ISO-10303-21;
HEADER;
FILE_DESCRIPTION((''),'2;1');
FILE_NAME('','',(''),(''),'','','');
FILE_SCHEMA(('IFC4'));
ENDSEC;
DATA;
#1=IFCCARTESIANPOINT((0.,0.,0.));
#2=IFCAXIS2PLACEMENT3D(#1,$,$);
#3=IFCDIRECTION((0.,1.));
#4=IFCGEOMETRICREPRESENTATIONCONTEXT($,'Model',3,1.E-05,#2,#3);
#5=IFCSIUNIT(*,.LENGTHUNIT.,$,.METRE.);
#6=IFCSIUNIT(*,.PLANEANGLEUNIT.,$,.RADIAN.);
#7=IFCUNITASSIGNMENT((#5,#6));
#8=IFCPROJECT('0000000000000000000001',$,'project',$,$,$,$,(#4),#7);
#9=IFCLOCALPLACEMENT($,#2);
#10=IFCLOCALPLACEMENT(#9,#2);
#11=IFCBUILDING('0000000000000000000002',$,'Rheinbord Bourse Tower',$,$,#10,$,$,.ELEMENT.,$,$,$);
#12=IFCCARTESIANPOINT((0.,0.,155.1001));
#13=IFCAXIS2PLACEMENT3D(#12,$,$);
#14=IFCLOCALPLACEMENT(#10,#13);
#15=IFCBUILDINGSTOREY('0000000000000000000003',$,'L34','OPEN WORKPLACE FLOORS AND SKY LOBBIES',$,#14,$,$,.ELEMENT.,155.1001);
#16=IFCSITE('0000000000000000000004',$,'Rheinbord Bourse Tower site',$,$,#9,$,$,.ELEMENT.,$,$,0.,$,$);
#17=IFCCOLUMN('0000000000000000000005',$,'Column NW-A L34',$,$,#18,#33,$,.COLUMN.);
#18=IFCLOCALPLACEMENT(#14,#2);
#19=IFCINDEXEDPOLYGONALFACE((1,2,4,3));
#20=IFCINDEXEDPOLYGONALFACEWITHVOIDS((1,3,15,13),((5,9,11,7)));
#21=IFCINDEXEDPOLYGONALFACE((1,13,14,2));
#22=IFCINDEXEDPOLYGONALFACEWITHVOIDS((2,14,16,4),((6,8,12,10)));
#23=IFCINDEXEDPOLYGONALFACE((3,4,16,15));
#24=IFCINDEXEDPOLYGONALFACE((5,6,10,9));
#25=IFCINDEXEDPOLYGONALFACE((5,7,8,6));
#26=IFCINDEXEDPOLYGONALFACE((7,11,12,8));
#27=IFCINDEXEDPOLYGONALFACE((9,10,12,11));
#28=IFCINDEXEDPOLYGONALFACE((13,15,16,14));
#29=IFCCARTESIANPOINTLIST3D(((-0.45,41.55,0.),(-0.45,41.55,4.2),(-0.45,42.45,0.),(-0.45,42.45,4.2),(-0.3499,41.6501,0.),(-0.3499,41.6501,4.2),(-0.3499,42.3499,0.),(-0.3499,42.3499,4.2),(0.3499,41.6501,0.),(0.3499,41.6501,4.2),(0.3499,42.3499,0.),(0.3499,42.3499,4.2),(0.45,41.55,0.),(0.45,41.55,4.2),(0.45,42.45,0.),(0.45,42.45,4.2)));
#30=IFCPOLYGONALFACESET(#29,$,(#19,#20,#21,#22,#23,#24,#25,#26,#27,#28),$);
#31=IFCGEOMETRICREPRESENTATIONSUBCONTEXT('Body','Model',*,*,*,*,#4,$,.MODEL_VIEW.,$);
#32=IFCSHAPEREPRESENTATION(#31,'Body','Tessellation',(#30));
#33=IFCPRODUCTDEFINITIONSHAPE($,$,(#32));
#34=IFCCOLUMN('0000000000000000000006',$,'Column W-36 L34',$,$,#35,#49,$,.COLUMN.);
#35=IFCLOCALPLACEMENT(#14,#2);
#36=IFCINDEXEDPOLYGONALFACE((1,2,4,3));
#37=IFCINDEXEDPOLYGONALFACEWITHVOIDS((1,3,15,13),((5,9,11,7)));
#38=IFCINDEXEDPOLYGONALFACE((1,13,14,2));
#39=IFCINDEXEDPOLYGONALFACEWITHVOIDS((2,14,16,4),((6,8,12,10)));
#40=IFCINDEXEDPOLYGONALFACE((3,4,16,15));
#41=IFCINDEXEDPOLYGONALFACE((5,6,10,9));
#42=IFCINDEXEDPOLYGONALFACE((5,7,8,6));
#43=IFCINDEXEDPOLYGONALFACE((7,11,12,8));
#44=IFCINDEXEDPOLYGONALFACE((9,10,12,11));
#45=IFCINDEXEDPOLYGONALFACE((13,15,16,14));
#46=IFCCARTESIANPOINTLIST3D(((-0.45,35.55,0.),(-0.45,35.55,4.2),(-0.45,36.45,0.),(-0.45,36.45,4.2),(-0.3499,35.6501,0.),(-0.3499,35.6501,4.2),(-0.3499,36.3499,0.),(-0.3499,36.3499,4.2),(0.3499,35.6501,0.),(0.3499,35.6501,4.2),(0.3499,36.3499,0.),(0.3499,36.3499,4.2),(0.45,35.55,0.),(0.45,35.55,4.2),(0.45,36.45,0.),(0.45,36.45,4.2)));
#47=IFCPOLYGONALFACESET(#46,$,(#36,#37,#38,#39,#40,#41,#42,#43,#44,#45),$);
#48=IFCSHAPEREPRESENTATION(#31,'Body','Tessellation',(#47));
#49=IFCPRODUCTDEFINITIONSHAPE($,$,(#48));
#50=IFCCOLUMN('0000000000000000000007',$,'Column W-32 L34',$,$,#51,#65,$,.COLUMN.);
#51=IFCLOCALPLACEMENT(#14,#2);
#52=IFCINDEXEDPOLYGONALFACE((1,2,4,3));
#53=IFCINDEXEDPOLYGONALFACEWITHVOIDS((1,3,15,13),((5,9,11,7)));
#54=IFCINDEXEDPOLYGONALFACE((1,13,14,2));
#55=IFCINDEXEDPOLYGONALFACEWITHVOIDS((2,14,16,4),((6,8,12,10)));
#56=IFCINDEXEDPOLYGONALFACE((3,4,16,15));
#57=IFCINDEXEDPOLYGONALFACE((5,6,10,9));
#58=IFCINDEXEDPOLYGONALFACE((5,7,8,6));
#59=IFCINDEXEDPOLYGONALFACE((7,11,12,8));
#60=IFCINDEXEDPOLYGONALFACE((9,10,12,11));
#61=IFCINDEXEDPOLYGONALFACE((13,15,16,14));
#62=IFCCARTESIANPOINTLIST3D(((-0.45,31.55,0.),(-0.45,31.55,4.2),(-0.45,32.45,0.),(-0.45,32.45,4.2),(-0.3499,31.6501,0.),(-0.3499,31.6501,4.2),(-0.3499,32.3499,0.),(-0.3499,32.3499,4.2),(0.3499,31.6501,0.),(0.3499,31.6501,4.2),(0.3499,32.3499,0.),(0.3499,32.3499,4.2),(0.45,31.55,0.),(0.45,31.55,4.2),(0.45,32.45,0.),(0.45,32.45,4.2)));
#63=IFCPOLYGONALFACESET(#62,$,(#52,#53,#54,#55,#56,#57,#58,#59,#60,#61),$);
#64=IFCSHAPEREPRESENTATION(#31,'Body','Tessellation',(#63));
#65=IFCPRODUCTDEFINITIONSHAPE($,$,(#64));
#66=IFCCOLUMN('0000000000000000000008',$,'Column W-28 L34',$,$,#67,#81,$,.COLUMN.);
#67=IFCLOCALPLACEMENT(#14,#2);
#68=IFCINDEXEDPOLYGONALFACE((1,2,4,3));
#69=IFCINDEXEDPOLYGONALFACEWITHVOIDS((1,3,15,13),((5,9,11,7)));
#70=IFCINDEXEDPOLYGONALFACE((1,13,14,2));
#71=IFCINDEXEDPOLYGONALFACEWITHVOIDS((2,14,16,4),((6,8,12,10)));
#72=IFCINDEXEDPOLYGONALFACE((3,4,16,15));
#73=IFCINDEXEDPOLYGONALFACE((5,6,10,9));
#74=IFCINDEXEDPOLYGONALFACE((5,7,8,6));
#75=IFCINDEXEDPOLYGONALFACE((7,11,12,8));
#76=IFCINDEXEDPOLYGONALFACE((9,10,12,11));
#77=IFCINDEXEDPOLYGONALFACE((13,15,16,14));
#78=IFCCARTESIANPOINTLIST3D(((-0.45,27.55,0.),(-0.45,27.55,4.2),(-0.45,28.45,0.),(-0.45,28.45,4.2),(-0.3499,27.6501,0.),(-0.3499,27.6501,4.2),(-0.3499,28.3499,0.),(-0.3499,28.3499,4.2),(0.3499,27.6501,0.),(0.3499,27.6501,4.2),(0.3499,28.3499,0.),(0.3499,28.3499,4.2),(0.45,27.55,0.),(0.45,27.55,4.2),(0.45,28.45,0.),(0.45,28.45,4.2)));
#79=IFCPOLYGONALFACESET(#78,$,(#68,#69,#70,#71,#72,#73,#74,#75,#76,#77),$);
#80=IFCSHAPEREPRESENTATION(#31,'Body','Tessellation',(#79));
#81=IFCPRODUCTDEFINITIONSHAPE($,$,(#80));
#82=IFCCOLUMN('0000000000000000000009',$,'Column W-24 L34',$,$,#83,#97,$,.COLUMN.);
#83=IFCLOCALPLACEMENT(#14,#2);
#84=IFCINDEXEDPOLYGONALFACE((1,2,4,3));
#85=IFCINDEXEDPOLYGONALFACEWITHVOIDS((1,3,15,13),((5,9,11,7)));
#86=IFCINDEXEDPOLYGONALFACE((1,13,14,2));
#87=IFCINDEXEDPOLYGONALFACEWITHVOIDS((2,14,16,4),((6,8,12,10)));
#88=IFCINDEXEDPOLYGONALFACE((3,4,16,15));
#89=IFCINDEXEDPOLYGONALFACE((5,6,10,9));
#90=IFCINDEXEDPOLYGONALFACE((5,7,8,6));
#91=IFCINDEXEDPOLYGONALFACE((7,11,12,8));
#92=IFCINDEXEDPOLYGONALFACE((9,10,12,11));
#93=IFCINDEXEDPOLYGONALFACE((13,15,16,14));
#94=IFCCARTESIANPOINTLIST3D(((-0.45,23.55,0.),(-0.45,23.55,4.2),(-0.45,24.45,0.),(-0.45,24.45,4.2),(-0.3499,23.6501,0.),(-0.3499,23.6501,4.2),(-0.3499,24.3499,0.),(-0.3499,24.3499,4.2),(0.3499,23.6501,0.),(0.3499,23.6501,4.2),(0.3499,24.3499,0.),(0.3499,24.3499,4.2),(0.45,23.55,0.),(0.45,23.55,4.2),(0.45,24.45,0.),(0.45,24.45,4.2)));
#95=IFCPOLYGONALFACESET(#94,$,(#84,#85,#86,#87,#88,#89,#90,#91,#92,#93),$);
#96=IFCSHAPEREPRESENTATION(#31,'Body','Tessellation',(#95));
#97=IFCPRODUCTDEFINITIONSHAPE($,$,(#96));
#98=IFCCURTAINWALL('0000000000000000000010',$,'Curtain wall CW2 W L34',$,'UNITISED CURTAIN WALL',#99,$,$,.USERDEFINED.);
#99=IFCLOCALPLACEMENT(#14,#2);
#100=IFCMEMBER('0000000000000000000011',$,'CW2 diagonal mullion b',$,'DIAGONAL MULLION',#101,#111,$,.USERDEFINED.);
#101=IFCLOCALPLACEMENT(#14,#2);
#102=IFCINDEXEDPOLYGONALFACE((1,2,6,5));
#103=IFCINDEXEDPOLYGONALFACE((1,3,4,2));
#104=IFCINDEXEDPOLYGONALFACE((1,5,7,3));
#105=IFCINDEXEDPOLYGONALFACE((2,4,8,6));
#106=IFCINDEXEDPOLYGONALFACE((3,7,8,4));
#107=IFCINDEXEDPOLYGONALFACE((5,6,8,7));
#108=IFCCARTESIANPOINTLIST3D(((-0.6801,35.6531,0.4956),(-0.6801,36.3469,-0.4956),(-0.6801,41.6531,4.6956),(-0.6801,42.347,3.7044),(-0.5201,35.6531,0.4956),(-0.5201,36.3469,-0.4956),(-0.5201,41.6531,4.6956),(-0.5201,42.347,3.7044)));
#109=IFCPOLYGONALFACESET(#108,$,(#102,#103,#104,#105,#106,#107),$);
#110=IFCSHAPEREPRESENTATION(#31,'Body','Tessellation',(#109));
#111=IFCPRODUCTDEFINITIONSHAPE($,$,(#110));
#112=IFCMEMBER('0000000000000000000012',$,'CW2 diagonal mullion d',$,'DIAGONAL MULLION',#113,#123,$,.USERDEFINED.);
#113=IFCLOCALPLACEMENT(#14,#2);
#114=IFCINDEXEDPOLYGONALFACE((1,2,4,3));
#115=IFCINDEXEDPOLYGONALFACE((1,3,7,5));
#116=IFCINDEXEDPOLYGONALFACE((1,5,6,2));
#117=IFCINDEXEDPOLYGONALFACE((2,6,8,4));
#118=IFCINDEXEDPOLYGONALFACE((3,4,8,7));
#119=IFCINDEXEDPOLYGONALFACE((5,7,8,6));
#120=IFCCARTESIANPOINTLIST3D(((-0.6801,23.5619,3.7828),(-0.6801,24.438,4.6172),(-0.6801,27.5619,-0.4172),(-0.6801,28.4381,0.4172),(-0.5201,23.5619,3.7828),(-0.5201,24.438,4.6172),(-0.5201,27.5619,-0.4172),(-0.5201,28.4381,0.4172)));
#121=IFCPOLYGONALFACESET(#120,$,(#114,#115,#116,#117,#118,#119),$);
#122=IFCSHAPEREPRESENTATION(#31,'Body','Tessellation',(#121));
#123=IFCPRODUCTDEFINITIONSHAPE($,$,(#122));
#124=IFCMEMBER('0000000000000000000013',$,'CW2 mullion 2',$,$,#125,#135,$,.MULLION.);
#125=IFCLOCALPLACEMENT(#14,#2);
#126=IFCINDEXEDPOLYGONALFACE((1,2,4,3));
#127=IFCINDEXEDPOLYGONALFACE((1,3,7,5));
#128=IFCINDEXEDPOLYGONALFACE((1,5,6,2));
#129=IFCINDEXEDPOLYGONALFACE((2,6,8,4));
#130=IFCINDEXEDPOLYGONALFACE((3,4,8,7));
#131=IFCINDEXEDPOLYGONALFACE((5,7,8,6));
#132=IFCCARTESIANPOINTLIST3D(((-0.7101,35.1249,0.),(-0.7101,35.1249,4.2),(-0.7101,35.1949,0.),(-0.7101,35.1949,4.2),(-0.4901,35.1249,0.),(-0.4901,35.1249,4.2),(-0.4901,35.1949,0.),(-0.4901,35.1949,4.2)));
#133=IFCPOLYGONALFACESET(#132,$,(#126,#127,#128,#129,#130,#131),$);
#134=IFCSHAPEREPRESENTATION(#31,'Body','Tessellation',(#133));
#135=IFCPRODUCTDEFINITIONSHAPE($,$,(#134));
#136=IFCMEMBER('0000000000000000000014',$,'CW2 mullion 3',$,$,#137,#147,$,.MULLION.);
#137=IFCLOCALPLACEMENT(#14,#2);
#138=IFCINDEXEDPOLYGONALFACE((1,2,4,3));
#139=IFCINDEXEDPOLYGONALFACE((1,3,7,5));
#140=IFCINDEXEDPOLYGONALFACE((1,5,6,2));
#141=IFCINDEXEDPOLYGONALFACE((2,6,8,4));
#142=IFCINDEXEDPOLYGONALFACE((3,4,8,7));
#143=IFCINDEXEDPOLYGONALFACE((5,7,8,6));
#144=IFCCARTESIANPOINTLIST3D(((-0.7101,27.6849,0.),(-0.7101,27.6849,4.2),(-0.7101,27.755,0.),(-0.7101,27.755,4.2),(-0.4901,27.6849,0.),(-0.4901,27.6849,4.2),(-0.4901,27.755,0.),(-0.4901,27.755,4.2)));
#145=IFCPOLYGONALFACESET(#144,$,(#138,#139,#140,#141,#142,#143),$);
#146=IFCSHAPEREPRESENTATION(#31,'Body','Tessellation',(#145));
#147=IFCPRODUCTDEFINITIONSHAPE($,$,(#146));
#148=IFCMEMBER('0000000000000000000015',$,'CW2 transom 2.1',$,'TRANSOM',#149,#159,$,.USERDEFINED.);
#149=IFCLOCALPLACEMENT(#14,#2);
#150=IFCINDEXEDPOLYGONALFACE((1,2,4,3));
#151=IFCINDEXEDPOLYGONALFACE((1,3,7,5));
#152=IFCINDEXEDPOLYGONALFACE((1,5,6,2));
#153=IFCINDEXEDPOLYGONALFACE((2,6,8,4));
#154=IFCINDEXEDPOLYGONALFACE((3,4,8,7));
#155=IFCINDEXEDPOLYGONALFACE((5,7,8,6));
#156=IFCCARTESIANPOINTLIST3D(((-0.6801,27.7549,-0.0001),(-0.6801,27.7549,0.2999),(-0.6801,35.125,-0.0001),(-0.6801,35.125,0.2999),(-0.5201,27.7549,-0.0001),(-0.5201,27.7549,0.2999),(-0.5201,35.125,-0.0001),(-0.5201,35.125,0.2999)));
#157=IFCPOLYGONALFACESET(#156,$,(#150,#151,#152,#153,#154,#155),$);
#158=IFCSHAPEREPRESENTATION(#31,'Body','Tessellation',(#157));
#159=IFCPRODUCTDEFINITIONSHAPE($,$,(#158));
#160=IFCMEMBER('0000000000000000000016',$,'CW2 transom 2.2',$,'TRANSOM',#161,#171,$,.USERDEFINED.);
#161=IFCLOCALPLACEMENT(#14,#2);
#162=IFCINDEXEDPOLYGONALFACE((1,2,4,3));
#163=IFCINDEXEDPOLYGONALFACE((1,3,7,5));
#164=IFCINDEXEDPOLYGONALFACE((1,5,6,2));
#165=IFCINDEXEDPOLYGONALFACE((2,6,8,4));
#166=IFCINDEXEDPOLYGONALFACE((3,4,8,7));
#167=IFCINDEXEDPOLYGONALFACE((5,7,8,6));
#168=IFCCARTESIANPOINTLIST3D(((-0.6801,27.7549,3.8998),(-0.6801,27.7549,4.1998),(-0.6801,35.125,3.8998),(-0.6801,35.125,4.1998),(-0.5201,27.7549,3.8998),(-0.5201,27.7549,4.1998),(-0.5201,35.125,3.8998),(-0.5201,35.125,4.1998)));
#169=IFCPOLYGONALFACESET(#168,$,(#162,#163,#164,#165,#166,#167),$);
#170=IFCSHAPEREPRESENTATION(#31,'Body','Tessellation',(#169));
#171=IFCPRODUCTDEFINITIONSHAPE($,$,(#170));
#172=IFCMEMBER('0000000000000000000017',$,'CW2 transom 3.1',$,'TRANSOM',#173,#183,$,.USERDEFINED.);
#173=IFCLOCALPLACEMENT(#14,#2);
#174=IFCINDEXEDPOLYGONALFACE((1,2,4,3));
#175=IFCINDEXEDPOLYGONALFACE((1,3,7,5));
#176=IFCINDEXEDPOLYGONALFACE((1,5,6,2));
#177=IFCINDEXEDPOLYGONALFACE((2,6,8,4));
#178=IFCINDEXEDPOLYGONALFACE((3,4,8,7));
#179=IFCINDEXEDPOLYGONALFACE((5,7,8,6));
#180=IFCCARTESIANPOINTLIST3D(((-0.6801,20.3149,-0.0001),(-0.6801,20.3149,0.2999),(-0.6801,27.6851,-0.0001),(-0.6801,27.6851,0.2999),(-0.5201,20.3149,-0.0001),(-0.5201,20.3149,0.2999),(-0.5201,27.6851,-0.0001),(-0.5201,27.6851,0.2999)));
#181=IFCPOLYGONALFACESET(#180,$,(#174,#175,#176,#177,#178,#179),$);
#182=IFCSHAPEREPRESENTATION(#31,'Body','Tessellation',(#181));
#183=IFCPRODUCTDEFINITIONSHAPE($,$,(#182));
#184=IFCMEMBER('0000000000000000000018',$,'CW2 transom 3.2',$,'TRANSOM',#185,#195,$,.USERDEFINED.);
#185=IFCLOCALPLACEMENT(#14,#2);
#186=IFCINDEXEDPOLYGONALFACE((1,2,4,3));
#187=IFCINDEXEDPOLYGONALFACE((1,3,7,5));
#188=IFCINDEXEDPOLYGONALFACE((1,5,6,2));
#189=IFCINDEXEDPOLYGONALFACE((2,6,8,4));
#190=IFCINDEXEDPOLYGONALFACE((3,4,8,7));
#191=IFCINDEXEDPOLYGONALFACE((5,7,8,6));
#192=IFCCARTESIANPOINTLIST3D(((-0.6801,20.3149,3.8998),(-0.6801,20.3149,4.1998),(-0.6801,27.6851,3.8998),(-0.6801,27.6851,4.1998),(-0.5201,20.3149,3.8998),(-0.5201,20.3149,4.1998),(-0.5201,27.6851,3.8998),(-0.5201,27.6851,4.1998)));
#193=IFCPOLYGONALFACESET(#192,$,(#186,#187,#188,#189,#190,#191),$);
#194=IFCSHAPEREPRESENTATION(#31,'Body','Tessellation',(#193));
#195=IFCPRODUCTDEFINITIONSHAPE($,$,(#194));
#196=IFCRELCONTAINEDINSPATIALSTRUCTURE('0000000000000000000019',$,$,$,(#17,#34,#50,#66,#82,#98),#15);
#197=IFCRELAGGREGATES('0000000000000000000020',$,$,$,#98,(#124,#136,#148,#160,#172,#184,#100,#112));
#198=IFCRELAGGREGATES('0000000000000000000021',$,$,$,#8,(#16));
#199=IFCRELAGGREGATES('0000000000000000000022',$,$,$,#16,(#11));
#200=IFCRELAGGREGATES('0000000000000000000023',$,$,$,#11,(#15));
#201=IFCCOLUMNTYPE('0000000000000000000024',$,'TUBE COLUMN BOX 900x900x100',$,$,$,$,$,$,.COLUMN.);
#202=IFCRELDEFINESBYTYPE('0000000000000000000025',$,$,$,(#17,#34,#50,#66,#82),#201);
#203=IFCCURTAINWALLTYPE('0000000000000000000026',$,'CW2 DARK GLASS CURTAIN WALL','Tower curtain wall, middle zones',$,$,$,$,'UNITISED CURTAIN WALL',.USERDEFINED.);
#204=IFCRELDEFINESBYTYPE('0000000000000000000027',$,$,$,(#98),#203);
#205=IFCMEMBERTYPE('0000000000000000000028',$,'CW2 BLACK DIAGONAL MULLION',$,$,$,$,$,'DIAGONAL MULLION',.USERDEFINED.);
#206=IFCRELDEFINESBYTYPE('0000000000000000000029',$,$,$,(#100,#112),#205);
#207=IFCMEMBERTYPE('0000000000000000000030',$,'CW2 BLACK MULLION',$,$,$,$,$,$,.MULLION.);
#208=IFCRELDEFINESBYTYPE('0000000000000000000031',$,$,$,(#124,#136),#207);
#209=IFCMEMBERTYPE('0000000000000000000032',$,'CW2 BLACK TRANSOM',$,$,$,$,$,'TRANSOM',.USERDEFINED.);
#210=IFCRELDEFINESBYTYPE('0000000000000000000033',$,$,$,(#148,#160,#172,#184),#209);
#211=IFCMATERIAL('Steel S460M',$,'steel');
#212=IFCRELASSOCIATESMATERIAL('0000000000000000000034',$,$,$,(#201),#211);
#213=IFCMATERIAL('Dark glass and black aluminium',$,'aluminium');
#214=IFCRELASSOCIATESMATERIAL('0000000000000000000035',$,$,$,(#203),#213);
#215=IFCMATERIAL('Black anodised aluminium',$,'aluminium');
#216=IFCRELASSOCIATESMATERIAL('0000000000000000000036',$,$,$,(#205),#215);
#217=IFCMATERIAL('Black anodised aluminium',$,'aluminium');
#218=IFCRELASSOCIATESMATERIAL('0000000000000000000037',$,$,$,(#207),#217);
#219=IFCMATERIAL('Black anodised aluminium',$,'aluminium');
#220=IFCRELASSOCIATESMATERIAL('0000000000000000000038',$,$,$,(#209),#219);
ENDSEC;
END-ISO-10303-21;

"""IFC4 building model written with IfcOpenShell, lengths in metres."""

from ifc_helpers import new_model, si_unit, direction, frame, origin, origin_2d, place, context, subcontext, project, spatial, rectangle, hollow_rectangle, extrude, material, material_profile, profile_set, type_object, element, aggregate, save


model = new_model("IFC4")

# Units and contexts
model_context = context("Model", 3, precision=1e-05, world=origin(), true_north=direction((0.0, 1.0)))
body_context = subcontext(model_context, "Body", "Model", "MODEL_VIEW")
ifc_project = project(units=[si_unit("LENGTHUNIT", "METRE"), si_unit("PLANEANGLEUNIT", "RADIAN")], contexts=[model_context])

# Site, building, storey
site_placement = place(None, origin())
site = spatial("IfcSite", under=ifc_project, at=site_placement, Name="Rheinbord Bourse Tower site", CompositionType="ELEMENT", RefElevation=0.0)
building_placement = place(site_placement, origin())
building = spatial("IfcBuilding", under=site, at=building_placement, Name="Rheinbord Bourse Tower", CompositionType="ELEMENT")
storey_placement = place(building_placement, frame((0.0, 0.0, 155.1001)))
storey = spatial("IfcBuildingStorey", under=building, at=storey_placement, Name="L34", Description="OPEN WORKPLACE FLOORS AND SKY LOBBIES", CompositionType="ELEMENT", Elevation=155.1001)

# Columns
ifc_material_1 = material(Name="Steel S460M", Category="steel")
ifc_material_profile_1 = material_profile(ifc_material_1, hollow_rectangle(XDim=0.8999, YDim=0.8999, WallThickness=0.1001, at=origin_2d()), Name="BOX 900x900x100")
ifc_profile_set_1 = profile_set([ifc_material_profile_1], Name="Steel S460M")
column_type = type_object("IfcColumnType", Name="TUBE COLUMN BOX 900x900x100", PredefinedType="COLUMN", material=ifc_profile_set_1)
for number, where, z_axis, x_axis, name in (
    (1, (0.0, 42.0, 0.0), (0.0, 0.0, 1.0), (1.0, 0.0, 0.0), "Column NW-A L34"),
    (2, (0.0, 36.0, 0.0), (0.0, 0.0, 1.0), (1.0, 0.0, 0.0), "Column W-36 L34"),
    (3, (0.0, 32.0, 0.0), (0.0, 0.0, 1.0), (1.0, 0.0, 0.0), "Column W-32 L34"),
    (4, (0.0, 28.0, 0.0), (0.0, 0.0, 1.0), (1.0, 0.0, 0.0), "Column W-28 L34"),
    (5, (0.0, 24.0, 0.0), (0.0, 0.0, 1.0), (1.0, 0.0, 0.0), "Column W-24 L34"),
):
    element("IfcColumn", number, at=place(storey_placement, frame(where, z_axis=z_axis, x_axis=x_axis)), inside=storey, type_object=column_type, Name=name, PredefinedType="COLUMN", context=body_context, shape_type="SweptSolid", body=[
        extrude(hollow_rectangle(XDim=0.8999, YDim=0.8999, WallThickness=0.1001, at=origin_2d()), origin(), (0.0, 0.0, 1.0), 4.2),
    ])

# Curtain wall, members
ifc_material_2 = material(Name="Dark glass and black aluminium", Category="aluminium")
curtain_wall_type = type_object("IfcCurtainWallType", Name="CW2 DARK GLASS CURTAIN WALL", Description="Tower curtain wall, middle zones", ElementType="UNITISED CURTAIN WALL", PredefinedType="USERDEFINED", material=ifc_material_2)
curtain_wall_placement = place(storey_placement, origin())
curtain_wall = element("IfcCurtainWall", 6, at=curtain_wall_placement, inside=storey, type_object=curtain_wall_type, Name="Curtain wall CW2 W L34", ObjectType="UNITISED CURTAIN WALL", PredefinedType="USERDEFINED")
ifc_material_3 = material(Name="Black anodised aluminium", Category="aluminium")
ifc_material_profile_2 = material_profile(ifc_material_3, rectangle(XDim=0.1599, YDim=1.21, at=origin_2d()), Name="CW2 DIAGONAL MULLION 1210x160")
ifc_profile_set_2 = profile_set([ifc_material_profile_2], Name="Black anodised aluminium")
member_type_1 = type_object("IfcMemberType", Name="CW2 BLACK DIAGONAL MULLION", ElementType="DIAGONAL MULLION", PredefinedType="USERDEFINED", material=ifc_profile_set_2)
member_1_placement = place(storey_placement, frame((-0.6001, 36.0, 0.0), z_axis=(0.0, 0.819235, 0.573458), x_axis=(-1.0, 0.0, 0.0)))
member_1 = element("IfcMember", 7, at=member_1_placement, type_object=member_type_1, Name="CW2 diagonal mullion b", ObjectType="DIAGONAL MULLION", PredefinedType="USERDEFINED", context=body_context, shape_type="SweptSolid", body=[
    extrude(rectangle(XDim=0.1599, YDim=1.21, at=origin_2d()), origin(), (0.0, 0.0, 1.0), 7.324),
])
member_2_placement = place(storey_placement, frame((-0.6001, 28.0, 0.0), z_axis=(0.0, -0.689659, 0.724134), x_axis=(1.0, 0.0, 0.0)))
member_2 = element("IfcMember", 8, at=member_2_placement, type_object=member_type_1, Name="CW2 diagonal mullion d", ObjectType="DIAGONAL MULLION", PredefinedType="USERDEFINED", context=body_context, shape_type="SweptSolid", body=[
    extrude(rectangle(XDim=0.1599, YDim=1.21, at=origin_2d()), origin(), (0.0, 0.0, 1.0), 5.8),
])
ifc_material_4 = material(Name="Black anodised aluminium", Category="aluminium")
ifc_material_profile_3 = material_profile(ifc_material_4, rectangle(XDim=0.22, YDim=0.0701, at=origin_2d()), Name="CW2 MULLION 70x220")
ifc_profile_set_3 = profile_set([ifc_material_profile_3], Name="Black anodised aluminium")
member_type_2 = type_object("IfcMemberType", Name="CW2 BLACK MULLION", PredefinedType="MULLION", material=ifc_profile_set_3)
member_3_placement = place(storey_placement, frame((-0.6001, 35.1599, 0.0), z_axis=(0.0, 0.0, 1.0), x_axis=(1.0, 0.0, 0.0)))
member_3 = element("IfcMember", 9, at=member_3_placement, type_object=member_type_2, Name="CW2 mullion 2", PredefinedType="MULLION", context=body_context, shape_type="SweptSolid", body=[
    extrude(rectangle(XDim=0.22, YDim=0.0701, at=origin_2d()), origin(), (0.0, 0.0, 1.0), 4.2),
])
member_4_placement = place(storey_placement, frame((-0.6001, 27.72, 0.0), z_axis=(0.0, 0.0, 1.0), x_axis=(1.0, 0.0, 0.0)))
member_4 = element("IfcMember", 10, at=member_4_placement, type_object=member_type_2, Name="CW2 mullion 3", PredefinedType="MULLION", context=body_context, shape_type="SweptSolid", body=[
    extrude(rectangle(XDim=0.22, YDim=0.0701, at=origin_2d()), origin(), (0.0, 0.0, 1.0), 4.2),
])
ifc_material_5 = material(Name="Black anodised aluminium", Category="aluminium")
ifc_material_profile_4 = material_profile(ifc_material_5, rectangle(XDim=0.1599, YDim=0.3, at=origin_2d()), Name="CW2 TRANSOM 300x160")
ifc_profile_set_4 = profile_set([ifc_material_profile_4], Name="Black anodised aluminium")
member_type_3 = type_object("IfcMemberType", Name="CW2 BLACK TRANSOM", ElementType="TRANSOM", PredefinedType="USERDEFINED", material=ifc_profile_set_4)
member_5_placement = place(storey_placement, frame((-0.6001, 35.125, 0.1499), z_axis=(0.0, -1.0, 0.0), x_axis=(1.0, 0.0, 0.0)))
member_5 = element("IfcMember", 11, at=member_5_placement, type_object=member_type_3, Name="CW2 transom 2.1", ObjectType="TRANSOM", PredefinedType="USERDEFINED", context=body_context, shape_type="SweptSolid", body=[
    extrude(rectangle(XDim=0.1599, YDim=0.3, at=origin_2d()), origin(), (0.0, 0.0, 1.0), 7.3701),
])
member_6_placement = place(storey_placement, frame((-0.6001, 35.125, 4.0498), z_axis=(0.0, -1.0, 0.0), x_axis=(1.0, 0.0, 0.0)))
member_6 = element("IfcMember", 12, at=member_6_placement, type_object=member_type_3, Name="CW2 transom 2.2", ObjectType="TRANSOM", PredefinedType="USERDEFINED", context=body_context, shape_type="SweptSolid", body=[
    extrude(rectangle(XDim=0.1599, YDim=0.3, at=origin_2d()), origin(), (0.0, 0.0, 1.0), 7.3701),
])
member_7_placement = place(storey_placement, frame((-0.6001, 27.6851, 0.1499), z_axis=(0.0, -1.0, 0.0), x_axis=(1.0, 0.0, 0.0)))
member_7 = element("IfcMember", 13, at=member_7_placement, type_object=member_type_3, Name="CW2 transom 3.1", ObjectType="TRANSOM", PredefinedType="USERDEFINED", context=body_context, shape_type="SweptSolid", body=[
    extrude(rectangle(XDim=0.1599, YDim=0.3, at=origin_2d()), origin(), (0.0, 0.0, 1.0), 7.3701),
])
member_8_placement = place(storey_placement, frame((-0.6001, 27.6851, 4.0498), z_axis=(0.0, -1.0, 0.0), x_axis=(1.0, 0.0, 0.0)))
member_8 = element("IfcMember", 14, at=member_8_placement, type_object=member_type_3, Name="CW2 transom 3.2", ObjectType="TRANSOM", PredefinedType="USERDEFINED", context=body_context, shape_type="SweptSolid", body=[
    extrude(rectangle(XDim=0.1599, YDim=0.3, at=origin_2d()), origin(), (0.0, 0.0, 1.0), 7.3701),
])

aggregate(curtain_wall, [member_3, member_4, member_5, member_6, member_7, member_8, member_1, member_2])

save(model, "model.ifc")
